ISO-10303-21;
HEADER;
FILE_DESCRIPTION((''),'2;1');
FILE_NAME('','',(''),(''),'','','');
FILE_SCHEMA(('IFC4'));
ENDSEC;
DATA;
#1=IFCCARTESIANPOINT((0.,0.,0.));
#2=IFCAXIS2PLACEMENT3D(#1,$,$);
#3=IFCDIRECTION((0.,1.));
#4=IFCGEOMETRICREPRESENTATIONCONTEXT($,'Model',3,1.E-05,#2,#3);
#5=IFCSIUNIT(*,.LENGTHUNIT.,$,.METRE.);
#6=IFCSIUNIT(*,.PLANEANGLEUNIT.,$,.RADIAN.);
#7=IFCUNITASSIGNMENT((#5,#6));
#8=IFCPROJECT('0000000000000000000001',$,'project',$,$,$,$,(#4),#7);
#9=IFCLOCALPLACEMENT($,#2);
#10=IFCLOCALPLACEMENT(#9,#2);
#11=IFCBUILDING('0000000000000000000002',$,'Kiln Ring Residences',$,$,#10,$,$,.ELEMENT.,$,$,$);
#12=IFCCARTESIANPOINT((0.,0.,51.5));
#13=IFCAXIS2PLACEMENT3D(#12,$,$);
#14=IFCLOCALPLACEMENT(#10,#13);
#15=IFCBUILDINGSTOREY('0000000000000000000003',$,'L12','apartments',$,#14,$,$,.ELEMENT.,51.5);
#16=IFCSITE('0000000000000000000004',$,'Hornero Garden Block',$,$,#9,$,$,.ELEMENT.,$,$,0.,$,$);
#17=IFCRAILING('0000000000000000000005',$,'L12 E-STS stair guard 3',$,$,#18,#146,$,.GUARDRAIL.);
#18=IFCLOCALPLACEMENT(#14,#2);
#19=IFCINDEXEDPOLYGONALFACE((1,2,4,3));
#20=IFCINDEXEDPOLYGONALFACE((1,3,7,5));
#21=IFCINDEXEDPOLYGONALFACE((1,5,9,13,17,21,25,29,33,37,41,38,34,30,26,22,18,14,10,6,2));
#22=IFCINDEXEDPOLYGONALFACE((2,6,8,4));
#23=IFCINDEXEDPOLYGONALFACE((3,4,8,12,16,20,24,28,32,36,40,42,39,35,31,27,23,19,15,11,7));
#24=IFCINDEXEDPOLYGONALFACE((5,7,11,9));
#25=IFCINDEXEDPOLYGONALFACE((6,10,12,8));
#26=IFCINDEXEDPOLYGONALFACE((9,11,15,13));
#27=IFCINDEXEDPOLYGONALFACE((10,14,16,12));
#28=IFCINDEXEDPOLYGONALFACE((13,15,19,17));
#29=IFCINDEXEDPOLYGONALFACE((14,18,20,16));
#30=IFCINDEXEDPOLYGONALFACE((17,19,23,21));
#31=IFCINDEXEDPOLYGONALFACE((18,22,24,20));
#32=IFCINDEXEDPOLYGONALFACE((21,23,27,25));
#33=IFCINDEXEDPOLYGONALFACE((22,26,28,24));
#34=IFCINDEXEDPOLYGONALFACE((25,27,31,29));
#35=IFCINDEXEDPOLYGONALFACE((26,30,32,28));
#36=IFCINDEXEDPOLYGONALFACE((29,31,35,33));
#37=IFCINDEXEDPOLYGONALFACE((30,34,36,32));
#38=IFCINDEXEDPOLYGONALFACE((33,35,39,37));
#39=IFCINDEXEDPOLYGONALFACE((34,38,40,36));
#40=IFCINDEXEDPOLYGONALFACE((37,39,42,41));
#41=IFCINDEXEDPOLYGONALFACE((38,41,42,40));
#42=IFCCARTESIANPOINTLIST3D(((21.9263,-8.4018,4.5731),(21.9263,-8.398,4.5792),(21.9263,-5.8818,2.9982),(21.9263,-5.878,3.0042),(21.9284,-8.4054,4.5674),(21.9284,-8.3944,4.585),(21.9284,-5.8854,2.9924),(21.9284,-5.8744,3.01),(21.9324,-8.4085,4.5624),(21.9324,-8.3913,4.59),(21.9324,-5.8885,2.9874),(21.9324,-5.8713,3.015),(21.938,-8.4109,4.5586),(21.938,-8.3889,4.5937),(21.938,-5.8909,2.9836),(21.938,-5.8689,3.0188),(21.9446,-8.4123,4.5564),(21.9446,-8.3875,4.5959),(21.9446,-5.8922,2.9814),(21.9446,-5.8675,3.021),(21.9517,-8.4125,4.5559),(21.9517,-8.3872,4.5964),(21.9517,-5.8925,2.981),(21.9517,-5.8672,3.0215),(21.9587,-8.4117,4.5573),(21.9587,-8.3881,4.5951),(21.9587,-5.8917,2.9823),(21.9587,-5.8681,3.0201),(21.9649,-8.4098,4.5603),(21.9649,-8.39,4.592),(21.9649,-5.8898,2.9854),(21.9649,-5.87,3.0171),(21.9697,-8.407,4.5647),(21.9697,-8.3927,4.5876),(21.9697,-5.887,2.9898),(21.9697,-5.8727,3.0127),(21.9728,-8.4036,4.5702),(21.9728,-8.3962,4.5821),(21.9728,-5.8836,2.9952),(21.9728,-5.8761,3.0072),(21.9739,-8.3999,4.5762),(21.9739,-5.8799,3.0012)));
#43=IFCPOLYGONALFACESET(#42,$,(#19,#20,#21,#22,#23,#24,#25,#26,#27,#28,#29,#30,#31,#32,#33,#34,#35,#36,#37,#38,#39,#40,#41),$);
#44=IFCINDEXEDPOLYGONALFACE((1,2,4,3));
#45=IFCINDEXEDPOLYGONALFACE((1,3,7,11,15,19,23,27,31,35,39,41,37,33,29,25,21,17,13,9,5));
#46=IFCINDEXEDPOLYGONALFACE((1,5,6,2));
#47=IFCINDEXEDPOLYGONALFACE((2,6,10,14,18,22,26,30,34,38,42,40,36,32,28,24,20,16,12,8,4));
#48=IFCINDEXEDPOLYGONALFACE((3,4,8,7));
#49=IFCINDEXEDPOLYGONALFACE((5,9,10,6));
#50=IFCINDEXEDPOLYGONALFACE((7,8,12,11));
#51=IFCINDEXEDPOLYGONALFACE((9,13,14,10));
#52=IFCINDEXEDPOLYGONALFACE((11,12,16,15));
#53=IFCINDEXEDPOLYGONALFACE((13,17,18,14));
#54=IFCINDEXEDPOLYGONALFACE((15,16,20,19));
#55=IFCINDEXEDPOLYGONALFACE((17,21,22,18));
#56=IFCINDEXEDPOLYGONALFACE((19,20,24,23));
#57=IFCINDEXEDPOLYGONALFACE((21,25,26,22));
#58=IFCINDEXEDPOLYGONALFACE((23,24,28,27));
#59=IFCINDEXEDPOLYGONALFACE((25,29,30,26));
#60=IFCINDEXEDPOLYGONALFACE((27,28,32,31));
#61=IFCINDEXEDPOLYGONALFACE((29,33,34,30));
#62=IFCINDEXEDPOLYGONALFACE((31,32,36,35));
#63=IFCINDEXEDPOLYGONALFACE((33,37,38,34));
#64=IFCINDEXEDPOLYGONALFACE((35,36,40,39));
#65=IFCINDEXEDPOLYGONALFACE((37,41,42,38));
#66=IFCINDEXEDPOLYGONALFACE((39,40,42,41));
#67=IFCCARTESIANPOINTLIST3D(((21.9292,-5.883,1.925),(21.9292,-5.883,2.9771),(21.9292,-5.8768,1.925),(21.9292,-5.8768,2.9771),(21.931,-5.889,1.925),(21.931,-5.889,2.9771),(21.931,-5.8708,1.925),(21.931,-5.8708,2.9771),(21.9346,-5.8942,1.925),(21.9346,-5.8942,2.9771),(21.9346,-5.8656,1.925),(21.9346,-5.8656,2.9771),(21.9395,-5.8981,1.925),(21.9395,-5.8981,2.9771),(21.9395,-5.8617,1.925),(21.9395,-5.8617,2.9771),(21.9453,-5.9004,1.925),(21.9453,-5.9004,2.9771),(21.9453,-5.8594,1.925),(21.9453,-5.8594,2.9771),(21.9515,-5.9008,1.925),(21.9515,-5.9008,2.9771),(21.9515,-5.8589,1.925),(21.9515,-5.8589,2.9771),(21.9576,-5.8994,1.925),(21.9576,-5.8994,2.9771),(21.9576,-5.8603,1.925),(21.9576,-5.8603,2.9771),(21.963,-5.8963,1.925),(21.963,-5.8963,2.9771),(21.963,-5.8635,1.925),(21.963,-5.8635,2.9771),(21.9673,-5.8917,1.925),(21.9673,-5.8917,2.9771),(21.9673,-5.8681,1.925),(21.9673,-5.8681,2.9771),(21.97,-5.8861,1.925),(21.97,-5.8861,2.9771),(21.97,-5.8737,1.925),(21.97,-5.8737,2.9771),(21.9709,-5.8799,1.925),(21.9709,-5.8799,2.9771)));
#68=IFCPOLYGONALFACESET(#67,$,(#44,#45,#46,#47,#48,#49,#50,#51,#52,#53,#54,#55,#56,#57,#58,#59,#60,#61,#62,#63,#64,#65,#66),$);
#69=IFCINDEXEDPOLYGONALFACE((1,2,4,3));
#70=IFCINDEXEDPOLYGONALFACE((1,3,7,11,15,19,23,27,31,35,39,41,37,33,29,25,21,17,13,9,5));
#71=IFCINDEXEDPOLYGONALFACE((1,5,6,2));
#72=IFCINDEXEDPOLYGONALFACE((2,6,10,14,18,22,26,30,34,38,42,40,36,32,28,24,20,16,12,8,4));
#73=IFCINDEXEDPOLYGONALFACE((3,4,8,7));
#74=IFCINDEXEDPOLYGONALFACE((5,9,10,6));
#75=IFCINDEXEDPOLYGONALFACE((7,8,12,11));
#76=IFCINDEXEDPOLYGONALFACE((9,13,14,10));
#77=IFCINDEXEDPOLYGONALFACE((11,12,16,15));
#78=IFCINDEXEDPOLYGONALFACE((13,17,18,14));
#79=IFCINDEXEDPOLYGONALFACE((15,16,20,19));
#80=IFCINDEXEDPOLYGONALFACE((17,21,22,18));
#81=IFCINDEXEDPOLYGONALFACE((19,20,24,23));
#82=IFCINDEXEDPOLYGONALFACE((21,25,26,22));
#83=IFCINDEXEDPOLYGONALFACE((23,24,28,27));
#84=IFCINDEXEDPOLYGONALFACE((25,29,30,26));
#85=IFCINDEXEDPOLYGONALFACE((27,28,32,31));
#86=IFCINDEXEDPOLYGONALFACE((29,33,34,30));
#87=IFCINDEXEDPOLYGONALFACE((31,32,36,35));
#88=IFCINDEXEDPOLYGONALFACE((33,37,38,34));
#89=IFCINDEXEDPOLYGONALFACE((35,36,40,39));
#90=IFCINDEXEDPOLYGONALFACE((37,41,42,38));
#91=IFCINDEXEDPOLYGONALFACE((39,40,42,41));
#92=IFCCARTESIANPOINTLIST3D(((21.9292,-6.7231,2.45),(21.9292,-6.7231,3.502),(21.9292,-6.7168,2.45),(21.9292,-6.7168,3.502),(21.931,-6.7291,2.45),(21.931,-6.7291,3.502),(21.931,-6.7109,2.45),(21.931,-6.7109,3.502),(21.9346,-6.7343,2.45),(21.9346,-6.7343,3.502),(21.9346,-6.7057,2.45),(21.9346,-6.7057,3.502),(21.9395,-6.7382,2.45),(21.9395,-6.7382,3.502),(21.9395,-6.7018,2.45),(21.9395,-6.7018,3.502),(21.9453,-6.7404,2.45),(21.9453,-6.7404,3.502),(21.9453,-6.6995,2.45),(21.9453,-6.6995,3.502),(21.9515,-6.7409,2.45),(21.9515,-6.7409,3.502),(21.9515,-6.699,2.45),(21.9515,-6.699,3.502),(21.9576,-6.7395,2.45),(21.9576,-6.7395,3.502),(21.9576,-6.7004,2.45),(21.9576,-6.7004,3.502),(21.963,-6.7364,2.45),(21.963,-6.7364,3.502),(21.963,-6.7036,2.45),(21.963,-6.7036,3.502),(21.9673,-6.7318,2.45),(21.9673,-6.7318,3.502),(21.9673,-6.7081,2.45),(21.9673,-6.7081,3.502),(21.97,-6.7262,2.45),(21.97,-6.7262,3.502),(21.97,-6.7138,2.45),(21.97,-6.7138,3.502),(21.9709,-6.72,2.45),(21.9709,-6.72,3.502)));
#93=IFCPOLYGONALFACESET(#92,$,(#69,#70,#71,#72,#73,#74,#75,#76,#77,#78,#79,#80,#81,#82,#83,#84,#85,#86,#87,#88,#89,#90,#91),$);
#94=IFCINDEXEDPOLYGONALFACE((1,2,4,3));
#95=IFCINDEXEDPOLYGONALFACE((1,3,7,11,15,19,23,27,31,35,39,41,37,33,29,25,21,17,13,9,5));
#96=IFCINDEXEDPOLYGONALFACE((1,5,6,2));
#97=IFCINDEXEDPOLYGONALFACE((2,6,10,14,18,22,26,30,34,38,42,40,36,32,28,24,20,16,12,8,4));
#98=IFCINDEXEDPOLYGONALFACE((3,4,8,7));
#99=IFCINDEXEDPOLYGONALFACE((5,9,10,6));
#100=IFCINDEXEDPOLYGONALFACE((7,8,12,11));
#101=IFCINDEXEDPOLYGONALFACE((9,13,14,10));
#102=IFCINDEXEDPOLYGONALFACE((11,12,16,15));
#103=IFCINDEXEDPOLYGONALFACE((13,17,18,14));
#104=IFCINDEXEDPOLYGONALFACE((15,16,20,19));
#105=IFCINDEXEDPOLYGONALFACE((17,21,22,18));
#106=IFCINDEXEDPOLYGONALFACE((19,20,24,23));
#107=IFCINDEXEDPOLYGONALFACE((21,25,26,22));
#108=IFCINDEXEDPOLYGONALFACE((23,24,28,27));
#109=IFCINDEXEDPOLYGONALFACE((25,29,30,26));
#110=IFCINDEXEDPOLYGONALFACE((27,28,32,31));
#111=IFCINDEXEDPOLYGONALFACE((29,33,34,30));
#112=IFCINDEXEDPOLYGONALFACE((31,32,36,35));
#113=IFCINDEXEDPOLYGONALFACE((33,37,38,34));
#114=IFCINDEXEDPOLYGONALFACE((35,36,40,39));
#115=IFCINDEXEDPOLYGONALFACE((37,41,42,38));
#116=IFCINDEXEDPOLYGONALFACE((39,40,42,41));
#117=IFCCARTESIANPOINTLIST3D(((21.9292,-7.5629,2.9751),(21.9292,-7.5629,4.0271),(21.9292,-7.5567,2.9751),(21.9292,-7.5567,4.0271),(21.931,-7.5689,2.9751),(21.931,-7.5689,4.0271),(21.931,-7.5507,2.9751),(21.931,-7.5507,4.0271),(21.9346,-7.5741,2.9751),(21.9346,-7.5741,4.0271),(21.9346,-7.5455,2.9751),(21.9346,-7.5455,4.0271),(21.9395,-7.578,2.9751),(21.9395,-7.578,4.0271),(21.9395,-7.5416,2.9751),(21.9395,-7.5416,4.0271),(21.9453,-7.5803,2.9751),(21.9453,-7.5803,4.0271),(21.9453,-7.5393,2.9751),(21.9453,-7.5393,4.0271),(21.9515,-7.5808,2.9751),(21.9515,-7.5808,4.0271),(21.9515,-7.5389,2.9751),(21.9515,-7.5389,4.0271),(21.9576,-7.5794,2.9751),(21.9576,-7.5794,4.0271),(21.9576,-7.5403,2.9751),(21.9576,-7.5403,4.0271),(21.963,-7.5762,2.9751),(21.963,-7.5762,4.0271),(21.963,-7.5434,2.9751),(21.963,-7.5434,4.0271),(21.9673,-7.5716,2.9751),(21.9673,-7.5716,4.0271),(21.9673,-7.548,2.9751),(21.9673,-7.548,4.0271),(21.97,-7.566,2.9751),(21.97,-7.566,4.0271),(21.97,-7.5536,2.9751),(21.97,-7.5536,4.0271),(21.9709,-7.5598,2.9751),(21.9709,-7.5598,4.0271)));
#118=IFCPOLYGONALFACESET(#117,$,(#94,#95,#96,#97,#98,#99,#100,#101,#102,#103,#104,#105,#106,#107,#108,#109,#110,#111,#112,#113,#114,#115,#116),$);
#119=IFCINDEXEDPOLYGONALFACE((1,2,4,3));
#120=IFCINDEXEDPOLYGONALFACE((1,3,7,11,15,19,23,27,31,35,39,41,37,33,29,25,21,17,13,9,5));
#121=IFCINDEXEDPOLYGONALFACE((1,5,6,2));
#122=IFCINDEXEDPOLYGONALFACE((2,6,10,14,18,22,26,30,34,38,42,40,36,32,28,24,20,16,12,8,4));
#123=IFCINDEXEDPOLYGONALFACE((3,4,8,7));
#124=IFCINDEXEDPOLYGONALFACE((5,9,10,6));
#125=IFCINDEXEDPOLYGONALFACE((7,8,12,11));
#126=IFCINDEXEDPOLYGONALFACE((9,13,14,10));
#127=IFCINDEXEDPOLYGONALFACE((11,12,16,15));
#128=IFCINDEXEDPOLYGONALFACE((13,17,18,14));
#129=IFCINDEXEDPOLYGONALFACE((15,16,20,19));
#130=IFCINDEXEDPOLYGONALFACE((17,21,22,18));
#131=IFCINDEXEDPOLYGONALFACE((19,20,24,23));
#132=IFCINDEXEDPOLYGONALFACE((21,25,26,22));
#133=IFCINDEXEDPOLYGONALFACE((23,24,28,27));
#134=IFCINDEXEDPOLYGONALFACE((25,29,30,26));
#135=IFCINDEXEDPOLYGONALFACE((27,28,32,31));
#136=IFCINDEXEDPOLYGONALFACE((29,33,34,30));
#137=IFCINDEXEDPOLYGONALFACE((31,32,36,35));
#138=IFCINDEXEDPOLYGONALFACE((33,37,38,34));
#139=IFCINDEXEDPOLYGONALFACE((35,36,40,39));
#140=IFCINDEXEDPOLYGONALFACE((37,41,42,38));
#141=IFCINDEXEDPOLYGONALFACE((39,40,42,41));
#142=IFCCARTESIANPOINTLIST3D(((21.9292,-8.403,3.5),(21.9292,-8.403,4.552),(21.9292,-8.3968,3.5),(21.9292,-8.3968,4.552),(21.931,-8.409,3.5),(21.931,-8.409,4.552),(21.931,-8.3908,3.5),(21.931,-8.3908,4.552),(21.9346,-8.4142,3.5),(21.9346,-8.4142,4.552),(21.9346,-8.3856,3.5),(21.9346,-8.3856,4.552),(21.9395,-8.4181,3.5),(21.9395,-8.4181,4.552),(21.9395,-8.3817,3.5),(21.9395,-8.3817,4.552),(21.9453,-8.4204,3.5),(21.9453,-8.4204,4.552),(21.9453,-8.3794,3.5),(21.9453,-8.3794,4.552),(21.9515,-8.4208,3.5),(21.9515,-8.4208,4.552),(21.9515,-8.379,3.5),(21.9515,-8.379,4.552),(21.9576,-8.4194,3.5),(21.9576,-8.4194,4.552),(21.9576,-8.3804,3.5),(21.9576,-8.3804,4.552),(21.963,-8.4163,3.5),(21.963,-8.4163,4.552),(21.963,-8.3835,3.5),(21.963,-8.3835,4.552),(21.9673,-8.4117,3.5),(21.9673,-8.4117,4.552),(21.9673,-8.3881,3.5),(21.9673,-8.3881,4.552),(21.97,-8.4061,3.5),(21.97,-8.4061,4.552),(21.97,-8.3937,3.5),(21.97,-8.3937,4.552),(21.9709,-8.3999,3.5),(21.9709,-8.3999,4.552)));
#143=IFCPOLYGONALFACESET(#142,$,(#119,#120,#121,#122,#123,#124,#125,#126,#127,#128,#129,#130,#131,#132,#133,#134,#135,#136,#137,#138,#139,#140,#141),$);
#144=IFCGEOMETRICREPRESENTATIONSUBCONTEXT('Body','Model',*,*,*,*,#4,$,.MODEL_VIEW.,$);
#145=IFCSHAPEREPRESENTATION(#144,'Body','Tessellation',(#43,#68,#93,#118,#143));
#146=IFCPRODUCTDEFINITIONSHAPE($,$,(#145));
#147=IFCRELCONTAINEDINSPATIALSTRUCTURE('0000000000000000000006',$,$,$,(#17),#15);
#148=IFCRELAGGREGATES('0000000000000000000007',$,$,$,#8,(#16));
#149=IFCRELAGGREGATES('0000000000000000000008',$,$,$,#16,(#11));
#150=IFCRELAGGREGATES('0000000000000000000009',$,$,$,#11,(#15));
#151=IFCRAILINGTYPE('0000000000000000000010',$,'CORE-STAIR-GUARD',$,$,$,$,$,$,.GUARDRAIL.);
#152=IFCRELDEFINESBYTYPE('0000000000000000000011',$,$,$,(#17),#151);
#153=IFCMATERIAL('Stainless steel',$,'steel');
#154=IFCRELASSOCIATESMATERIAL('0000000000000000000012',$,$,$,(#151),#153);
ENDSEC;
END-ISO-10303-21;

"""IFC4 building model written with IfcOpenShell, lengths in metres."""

from ifc_helpers import new_model, si_unit, direction, frame, origin, origin_2d, place, context, subcontext, project, spatial, circle, extrude, material, type_object, element, save


model = new_model("IFC4")

# Units and contexts
model_context = context("Model", 3, precision=1e-05, world=origin(), true_north=direction((0.0, 1.0)))
body_context = subcontext(model_context, "Body", "Model", "MODEL_VIEW")
ifc_project = project(units=[si_unit("LENGTHUNIT", "METRE"), si_unit("PLANEANGLEUNIT", "RADIAN")], contexts=[model_context])

# Site, building, storey
site_placement = place(None, origin())
site = spatial("IfcSite", under=ifc_project, at=site_placement, Name="Hornero Garden Block", CompositionType="ELEMENT", RefElevation=0.0)
building_placement = place(site_placement, origin())
building = spatial("IfcBuilding", under=site, at=building_placement, Name="Kiln Ring Residences", CompositionType="ELEMENT")
storey_placement = place(building_placement, frame((0.0, 0.0, 51.5)))
storey = spatial("IfcBuildingStorey", under=building, at=storey_placement, Name="L12", Description="apartments", CompositionType="ELEMENT", Elevation=51.5)

# Railing
ifc_material_1 = material(Name="Stainless steel", Category="steel")
railing_type_1 = type_object("IfcRailingType", Name="CORE-STAIR-GUARD", PredefinedType="GUARDRAIL", material=ifc_material_1)
railing_1_placement = place(storey_placement, frame((21.95, -5.8799, 1.925)))
element("IfcRailing", 1, at=railing_1_placement, inside=storey, type_object=railing_type_1, Name="L12 E-STS stair guard 3", PredefinedType="GUARDRAIL", context=body_context, shape_type="SweptSolid", body=[
    extrude(circle(Radius=0.0239, at=origin_2d()), frame((0.0, 0.0, 1.0762), z_axis=(0.0, -0.848008, 0.529984), x_axis=(1.0, 0.0, 0.0)), (0.0, 0.0, 1.0), 2.9717),
    extrude(circle(Radius=0.021, at=origin_2d()), origin(), (0.0, 0.0, 1.0), 1.052),
    extrude(circle(Radius=0.021, at=origin_2d()), frame((0.0, -0.8401, 0.5249)), (0.0, 0.0, 1.0), 1.052),
    extrude(circle(Radius=0.021, at=origin_2d()), frame((0.0, -1.6799, 1.05)), (0.0, 0.0, 1.0), 1.052),
    extrude(circle(Radius=0.021, at=origin_2d()), frame((0.0, -2.52, 1.575)), (0.0, 0.0, 1.0), 1.052),
])

save(model, "model.ifc")
